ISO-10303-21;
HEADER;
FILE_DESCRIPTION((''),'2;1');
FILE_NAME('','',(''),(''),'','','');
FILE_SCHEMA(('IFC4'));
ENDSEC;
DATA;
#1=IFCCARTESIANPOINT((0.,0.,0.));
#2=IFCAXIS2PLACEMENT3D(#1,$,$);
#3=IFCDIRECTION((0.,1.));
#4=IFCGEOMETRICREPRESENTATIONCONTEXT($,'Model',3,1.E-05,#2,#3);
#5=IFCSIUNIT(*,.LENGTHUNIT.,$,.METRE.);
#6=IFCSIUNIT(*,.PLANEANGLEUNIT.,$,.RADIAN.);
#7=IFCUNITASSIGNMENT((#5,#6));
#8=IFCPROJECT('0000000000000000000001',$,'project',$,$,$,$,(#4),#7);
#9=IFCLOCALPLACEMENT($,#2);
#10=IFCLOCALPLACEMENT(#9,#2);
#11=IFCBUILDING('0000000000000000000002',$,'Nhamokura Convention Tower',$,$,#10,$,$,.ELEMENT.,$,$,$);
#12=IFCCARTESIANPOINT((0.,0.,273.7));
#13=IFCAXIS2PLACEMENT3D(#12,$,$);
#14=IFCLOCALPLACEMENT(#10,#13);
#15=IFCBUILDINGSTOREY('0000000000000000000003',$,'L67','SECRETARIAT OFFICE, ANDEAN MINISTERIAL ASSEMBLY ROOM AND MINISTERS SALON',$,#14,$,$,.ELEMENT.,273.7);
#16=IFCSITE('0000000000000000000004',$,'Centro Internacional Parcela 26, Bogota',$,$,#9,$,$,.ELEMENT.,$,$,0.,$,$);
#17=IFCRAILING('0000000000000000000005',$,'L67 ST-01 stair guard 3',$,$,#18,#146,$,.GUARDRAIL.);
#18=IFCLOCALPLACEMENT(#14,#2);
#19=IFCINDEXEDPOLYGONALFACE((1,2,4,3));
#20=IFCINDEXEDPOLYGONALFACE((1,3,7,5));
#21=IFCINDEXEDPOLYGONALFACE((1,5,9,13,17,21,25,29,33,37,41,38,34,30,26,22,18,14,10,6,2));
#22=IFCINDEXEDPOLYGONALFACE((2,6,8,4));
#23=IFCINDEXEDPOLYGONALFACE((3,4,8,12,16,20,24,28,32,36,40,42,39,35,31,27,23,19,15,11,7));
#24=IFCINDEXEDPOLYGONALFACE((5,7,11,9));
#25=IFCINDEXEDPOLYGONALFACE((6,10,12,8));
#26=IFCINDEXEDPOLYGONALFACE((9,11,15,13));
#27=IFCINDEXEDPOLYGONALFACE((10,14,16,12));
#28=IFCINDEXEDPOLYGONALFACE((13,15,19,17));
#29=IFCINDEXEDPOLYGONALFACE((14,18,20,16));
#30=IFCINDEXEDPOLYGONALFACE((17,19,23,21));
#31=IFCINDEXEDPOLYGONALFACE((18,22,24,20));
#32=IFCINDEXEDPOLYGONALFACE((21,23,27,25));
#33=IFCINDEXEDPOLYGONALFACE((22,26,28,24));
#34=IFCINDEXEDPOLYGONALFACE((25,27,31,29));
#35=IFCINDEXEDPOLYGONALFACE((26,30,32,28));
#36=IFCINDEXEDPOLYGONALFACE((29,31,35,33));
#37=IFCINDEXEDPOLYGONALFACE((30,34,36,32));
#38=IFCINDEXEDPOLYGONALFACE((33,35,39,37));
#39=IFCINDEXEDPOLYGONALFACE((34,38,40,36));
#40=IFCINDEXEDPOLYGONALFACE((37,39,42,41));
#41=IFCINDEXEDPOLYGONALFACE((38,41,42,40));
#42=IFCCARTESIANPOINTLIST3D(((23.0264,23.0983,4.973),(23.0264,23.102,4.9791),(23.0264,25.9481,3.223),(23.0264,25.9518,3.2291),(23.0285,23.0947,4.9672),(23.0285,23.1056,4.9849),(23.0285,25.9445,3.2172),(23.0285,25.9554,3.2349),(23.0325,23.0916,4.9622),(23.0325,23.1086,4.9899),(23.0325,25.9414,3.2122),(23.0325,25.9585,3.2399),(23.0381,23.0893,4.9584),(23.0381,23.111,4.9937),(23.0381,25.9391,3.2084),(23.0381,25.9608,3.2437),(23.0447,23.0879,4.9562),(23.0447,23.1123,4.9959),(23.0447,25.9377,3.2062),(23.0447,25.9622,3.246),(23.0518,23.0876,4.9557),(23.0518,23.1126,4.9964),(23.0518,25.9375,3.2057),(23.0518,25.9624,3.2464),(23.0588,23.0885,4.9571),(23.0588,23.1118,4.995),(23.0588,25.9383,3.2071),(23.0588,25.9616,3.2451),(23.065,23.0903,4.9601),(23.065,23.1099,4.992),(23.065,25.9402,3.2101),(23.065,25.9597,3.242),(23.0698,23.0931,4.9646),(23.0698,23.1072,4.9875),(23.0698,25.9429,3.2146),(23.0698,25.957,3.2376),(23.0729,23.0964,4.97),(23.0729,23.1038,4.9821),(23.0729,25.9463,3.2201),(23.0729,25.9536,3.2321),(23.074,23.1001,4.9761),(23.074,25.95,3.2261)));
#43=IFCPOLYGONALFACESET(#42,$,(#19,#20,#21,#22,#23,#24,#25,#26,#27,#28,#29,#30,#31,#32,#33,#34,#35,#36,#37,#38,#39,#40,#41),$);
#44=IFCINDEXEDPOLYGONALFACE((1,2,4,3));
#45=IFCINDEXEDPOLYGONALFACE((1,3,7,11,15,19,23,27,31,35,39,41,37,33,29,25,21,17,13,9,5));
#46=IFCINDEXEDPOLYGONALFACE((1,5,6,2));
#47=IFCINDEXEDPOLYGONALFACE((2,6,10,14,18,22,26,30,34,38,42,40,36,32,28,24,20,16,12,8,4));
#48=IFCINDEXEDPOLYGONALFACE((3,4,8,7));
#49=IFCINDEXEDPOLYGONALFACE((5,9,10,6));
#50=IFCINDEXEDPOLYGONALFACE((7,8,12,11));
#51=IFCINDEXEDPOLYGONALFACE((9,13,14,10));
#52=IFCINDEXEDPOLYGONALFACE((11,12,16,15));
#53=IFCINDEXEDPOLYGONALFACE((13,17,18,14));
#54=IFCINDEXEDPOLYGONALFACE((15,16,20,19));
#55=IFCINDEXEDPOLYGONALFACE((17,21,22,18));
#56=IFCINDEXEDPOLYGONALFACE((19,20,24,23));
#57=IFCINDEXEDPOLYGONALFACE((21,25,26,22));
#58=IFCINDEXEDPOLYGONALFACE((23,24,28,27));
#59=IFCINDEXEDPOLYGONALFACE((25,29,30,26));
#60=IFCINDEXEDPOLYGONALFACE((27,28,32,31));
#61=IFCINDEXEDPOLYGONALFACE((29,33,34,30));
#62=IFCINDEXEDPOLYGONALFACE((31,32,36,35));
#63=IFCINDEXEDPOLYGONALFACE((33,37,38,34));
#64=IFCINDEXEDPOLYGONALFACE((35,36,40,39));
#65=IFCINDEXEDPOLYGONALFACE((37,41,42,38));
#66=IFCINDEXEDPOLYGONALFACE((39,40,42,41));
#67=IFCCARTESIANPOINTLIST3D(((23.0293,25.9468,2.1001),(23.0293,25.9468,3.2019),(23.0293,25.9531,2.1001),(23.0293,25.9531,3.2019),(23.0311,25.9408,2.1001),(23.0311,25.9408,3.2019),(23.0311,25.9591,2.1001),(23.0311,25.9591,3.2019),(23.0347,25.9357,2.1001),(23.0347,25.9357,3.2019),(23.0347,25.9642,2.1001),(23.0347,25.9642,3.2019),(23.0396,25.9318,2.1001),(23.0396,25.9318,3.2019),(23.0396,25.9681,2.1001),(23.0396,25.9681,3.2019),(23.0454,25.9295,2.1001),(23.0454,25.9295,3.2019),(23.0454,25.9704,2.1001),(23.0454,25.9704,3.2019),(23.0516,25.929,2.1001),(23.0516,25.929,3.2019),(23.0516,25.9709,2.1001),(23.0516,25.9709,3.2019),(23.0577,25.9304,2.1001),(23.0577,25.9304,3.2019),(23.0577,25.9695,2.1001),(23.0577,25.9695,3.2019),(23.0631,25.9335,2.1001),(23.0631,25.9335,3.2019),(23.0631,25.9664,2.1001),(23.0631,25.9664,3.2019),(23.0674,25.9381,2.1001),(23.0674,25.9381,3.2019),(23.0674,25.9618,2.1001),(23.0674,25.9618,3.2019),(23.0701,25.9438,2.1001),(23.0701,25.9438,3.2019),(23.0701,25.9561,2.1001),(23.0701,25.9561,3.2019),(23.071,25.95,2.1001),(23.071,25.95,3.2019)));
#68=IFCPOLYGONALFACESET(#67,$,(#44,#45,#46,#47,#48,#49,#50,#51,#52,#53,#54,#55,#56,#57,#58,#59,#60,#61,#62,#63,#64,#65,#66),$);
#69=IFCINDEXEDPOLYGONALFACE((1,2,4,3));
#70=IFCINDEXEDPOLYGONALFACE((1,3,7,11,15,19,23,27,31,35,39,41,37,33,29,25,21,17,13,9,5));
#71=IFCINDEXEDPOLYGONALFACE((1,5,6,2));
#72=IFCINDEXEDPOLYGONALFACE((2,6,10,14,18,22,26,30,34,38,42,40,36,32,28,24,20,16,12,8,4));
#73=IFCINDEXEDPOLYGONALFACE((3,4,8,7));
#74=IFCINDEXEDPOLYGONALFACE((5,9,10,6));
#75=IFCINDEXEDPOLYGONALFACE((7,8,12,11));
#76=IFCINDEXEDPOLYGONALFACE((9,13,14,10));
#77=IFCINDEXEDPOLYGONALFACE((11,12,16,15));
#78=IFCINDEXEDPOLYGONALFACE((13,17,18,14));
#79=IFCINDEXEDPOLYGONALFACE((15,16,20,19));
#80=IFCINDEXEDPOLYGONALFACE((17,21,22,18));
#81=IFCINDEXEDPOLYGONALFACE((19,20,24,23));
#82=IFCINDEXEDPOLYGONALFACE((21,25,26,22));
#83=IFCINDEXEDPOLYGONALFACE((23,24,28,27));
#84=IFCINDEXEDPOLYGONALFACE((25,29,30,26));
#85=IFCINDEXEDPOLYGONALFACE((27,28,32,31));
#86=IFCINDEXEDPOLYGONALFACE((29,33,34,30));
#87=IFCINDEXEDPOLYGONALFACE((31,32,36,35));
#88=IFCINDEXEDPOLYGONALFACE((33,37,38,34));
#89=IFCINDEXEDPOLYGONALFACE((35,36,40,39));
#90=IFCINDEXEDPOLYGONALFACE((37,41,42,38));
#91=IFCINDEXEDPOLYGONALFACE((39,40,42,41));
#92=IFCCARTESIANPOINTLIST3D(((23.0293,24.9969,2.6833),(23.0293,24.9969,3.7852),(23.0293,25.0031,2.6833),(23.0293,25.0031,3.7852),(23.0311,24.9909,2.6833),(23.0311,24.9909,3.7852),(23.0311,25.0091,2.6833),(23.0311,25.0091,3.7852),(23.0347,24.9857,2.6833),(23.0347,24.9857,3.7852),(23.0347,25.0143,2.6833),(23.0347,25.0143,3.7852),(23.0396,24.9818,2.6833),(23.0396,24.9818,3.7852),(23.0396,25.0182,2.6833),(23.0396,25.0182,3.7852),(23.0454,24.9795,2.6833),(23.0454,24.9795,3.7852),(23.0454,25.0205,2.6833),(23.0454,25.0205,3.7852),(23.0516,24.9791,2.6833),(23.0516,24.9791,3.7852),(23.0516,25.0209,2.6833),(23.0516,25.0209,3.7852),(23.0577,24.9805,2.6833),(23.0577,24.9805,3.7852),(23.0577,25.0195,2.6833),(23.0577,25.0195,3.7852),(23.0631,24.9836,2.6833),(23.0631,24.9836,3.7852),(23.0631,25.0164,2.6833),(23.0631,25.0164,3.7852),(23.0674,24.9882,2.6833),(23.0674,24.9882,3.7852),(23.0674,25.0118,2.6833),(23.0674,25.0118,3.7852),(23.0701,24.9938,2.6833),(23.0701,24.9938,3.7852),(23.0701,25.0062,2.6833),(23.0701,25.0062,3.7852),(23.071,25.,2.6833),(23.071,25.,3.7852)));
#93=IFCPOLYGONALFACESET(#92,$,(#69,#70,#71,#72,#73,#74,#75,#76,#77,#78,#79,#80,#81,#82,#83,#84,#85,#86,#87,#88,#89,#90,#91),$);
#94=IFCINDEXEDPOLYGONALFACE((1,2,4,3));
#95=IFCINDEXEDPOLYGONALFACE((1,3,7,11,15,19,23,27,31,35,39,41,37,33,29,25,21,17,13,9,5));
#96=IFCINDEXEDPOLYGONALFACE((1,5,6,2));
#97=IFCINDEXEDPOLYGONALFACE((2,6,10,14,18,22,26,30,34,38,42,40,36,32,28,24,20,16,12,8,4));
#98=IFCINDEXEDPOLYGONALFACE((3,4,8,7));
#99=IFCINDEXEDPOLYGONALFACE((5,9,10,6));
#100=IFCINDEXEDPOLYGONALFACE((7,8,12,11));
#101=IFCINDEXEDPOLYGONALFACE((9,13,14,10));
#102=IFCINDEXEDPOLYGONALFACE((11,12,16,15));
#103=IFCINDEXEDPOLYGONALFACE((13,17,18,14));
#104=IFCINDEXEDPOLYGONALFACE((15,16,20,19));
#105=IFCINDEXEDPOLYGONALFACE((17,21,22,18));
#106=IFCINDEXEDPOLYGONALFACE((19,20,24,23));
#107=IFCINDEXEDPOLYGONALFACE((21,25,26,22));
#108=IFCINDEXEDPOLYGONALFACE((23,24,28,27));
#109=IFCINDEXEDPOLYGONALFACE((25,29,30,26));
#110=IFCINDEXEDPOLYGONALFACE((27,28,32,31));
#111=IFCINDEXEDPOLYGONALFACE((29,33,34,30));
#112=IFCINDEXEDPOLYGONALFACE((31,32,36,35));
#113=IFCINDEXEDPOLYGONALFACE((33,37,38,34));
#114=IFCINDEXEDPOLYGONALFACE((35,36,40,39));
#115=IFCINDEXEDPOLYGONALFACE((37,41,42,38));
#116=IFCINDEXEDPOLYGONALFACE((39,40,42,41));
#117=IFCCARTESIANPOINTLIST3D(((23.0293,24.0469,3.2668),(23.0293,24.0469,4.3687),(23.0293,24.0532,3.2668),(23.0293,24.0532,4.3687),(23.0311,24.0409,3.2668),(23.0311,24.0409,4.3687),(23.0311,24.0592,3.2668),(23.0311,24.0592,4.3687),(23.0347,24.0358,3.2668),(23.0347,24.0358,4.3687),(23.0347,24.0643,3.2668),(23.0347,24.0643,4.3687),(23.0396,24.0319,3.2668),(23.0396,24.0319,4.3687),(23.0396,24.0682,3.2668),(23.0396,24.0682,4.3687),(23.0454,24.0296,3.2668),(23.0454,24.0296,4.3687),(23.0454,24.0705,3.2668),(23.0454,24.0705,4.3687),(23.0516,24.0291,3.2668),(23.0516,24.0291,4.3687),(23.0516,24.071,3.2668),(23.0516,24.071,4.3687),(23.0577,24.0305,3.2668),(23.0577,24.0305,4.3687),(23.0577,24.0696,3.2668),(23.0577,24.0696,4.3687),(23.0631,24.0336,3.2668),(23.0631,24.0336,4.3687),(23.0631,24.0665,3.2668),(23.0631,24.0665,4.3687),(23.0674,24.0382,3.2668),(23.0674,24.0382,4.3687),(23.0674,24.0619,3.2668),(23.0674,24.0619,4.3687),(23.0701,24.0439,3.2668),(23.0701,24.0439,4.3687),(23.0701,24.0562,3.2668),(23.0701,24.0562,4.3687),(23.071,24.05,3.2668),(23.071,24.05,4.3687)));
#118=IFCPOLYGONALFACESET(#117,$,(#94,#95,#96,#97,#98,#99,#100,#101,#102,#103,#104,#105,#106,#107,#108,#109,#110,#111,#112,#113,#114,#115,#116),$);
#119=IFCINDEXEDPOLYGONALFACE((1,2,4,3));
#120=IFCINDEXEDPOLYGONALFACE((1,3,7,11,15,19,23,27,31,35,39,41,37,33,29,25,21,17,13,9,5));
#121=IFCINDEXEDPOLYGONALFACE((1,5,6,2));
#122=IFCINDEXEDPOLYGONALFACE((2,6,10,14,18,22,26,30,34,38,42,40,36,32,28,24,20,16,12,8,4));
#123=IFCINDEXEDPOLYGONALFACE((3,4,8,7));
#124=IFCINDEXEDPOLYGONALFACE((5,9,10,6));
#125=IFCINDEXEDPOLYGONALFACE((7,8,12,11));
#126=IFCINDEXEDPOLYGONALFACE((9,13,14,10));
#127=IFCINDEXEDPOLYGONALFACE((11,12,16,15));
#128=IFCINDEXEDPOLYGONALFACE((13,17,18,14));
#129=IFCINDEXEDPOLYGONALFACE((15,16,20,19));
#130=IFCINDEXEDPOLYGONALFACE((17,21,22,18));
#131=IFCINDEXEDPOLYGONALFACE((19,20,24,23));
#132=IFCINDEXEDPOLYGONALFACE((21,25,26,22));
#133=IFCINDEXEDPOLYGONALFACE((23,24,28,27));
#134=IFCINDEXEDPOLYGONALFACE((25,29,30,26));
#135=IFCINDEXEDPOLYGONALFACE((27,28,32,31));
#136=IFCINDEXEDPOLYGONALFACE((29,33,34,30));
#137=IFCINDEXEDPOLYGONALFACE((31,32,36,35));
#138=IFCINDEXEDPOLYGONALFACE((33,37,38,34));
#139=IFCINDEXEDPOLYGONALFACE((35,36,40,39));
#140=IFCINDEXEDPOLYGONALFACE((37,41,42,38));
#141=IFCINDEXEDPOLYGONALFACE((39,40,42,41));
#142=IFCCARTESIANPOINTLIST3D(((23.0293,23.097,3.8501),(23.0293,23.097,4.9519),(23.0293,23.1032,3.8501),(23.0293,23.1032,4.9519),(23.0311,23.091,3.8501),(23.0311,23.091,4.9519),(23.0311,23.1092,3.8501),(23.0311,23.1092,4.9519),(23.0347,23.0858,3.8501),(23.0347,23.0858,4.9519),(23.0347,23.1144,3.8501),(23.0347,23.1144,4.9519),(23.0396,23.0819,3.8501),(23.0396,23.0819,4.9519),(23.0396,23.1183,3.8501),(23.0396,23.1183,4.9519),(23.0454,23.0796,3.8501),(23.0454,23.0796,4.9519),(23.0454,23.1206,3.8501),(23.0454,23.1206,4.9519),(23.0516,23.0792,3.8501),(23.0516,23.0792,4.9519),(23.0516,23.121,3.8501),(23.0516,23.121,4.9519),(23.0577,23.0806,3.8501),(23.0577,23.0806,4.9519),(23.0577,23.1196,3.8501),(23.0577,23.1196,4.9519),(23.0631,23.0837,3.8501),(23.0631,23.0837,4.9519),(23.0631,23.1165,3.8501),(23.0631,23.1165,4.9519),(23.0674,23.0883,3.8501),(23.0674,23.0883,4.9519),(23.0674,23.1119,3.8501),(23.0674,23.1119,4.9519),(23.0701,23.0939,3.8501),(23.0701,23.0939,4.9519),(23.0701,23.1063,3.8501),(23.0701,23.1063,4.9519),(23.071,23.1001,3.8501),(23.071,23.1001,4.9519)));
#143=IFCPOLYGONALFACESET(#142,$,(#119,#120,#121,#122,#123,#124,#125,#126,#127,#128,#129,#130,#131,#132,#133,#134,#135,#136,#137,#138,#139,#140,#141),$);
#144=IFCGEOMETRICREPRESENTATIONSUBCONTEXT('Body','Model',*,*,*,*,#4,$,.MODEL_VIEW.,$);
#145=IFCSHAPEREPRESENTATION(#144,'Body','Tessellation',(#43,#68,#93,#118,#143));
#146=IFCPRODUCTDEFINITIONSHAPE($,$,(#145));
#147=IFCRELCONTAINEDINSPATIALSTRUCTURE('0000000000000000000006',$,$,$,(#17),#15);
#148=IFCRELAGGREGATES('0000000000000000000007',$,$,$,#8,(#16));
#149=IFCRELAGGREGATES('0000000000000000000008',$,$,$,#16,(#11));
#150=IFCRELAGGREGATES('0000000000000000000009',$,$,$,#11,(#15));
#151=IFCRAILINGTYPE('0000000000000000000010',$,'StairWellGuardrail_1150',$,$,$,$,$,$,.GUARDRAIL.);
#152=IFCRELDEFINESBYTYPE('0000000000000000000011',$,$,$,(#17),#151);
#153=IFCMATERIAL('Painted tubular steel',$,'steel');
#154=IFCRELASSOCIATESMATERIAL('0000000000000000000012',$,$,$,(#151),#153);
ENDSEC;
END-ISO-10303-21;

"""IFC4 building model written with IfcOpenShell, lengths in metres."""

from ifc_helpers import new_model, si_unit, direction, frame, origin, origin_2d, place, context, subcontext, project, spatial, circle, extrude, material, type_object, element, save


model = new_model("IFC4")

# Units and contexts
model_context = context("Model", 3, precision=1e-05, world=origin(), true_north=direction((0.0, 1.0)))
body_context = subcontext(model_context, "Body", "Model", "MODEL_VIEW")
ifc_project = project(units=[si_unit("LENGTHUNIT", "METRE"), si_unit("PLANEANGLEUNIT", "RADIAN")], contexts=[model_context])

# Site, building, storey
site_placement = place(None, origin())
site = spatial("IfcSite", under=ifc_project, at=site_placement, Name="Centro Internacional Parcela 26, Bogota", CompositionType="ELEMENT", RefElevation=0.0)
building_placement = place(site_placement, origin())
building = spatial("IfcBuilding", under=site, at=building_placement, Name="Nhamokura Convention Tower", CompositionType="ELEMENT")
storey_placement = place(building_placement, frame((0.0, 0.0, 273.7)))
storey = spatial("IfcBuildingStorey", under=building, at=storey_placement, Name="L67", Description="SECRETARIAT OFFICE, ANDEAN MINISTERIAL ASSEMBLY ROOM AND MINISTERS SALON", CompositionType="ELEMENT", Elevation=273.7)

# Railing
ifc_material_1 = material(Name="Painted tubular steel", Category="steel")
railing_type_1 = type_object("IfcRailingType", Name="StairWellGuardrail_1150", PredefinedType="GUARDRAIL", material=ifc_material_1)
railing_1_placement = place(storey_placement, frame((23.05, 25.95, 2.1001)))
element("IfcRailing", 1, at=railing_1_placement, inside=storey, type_object=railing_type_1, Name="L67 ST-01 stair guard 3", PredefinedType="GUARDRAIL", context=body_context, shape_type="SweptSolid", body=[
    extrude(circle(Radius=0.0239, at=origin_2d()), frame((0.0, 0.0, 1.126), z_axis=(0.0, -0.852159, 0.523283), x_axis=(1.0, 0.0, 0.0)), (0.0, 0.0, 1.0), 3.3442),
    extrude(circle(Radius=0.021, at=origin_2d()), origin(), (0.0, 0.0, 1.0), 1.1018),
    extrude(circle(Radius=0.021, at=origin_2d()), frame((0.0, -0.95, 0.5833)), (0.0, 0.0, 1.0), 1.1018),
    extrude(circle(Radius=0.021, at=origin_2d()), frame((0.0, -1.8999, 1.1667)), (0.0, 0.0, 1.0), 1.1018),
    extrude(circle(Radius=0.021, at=origin_2d()), frame((0.0, -2.8499, 1.75)), (0.0, 0.0, 1.0), 1.1018),
])

save(model, "model.ifc")
